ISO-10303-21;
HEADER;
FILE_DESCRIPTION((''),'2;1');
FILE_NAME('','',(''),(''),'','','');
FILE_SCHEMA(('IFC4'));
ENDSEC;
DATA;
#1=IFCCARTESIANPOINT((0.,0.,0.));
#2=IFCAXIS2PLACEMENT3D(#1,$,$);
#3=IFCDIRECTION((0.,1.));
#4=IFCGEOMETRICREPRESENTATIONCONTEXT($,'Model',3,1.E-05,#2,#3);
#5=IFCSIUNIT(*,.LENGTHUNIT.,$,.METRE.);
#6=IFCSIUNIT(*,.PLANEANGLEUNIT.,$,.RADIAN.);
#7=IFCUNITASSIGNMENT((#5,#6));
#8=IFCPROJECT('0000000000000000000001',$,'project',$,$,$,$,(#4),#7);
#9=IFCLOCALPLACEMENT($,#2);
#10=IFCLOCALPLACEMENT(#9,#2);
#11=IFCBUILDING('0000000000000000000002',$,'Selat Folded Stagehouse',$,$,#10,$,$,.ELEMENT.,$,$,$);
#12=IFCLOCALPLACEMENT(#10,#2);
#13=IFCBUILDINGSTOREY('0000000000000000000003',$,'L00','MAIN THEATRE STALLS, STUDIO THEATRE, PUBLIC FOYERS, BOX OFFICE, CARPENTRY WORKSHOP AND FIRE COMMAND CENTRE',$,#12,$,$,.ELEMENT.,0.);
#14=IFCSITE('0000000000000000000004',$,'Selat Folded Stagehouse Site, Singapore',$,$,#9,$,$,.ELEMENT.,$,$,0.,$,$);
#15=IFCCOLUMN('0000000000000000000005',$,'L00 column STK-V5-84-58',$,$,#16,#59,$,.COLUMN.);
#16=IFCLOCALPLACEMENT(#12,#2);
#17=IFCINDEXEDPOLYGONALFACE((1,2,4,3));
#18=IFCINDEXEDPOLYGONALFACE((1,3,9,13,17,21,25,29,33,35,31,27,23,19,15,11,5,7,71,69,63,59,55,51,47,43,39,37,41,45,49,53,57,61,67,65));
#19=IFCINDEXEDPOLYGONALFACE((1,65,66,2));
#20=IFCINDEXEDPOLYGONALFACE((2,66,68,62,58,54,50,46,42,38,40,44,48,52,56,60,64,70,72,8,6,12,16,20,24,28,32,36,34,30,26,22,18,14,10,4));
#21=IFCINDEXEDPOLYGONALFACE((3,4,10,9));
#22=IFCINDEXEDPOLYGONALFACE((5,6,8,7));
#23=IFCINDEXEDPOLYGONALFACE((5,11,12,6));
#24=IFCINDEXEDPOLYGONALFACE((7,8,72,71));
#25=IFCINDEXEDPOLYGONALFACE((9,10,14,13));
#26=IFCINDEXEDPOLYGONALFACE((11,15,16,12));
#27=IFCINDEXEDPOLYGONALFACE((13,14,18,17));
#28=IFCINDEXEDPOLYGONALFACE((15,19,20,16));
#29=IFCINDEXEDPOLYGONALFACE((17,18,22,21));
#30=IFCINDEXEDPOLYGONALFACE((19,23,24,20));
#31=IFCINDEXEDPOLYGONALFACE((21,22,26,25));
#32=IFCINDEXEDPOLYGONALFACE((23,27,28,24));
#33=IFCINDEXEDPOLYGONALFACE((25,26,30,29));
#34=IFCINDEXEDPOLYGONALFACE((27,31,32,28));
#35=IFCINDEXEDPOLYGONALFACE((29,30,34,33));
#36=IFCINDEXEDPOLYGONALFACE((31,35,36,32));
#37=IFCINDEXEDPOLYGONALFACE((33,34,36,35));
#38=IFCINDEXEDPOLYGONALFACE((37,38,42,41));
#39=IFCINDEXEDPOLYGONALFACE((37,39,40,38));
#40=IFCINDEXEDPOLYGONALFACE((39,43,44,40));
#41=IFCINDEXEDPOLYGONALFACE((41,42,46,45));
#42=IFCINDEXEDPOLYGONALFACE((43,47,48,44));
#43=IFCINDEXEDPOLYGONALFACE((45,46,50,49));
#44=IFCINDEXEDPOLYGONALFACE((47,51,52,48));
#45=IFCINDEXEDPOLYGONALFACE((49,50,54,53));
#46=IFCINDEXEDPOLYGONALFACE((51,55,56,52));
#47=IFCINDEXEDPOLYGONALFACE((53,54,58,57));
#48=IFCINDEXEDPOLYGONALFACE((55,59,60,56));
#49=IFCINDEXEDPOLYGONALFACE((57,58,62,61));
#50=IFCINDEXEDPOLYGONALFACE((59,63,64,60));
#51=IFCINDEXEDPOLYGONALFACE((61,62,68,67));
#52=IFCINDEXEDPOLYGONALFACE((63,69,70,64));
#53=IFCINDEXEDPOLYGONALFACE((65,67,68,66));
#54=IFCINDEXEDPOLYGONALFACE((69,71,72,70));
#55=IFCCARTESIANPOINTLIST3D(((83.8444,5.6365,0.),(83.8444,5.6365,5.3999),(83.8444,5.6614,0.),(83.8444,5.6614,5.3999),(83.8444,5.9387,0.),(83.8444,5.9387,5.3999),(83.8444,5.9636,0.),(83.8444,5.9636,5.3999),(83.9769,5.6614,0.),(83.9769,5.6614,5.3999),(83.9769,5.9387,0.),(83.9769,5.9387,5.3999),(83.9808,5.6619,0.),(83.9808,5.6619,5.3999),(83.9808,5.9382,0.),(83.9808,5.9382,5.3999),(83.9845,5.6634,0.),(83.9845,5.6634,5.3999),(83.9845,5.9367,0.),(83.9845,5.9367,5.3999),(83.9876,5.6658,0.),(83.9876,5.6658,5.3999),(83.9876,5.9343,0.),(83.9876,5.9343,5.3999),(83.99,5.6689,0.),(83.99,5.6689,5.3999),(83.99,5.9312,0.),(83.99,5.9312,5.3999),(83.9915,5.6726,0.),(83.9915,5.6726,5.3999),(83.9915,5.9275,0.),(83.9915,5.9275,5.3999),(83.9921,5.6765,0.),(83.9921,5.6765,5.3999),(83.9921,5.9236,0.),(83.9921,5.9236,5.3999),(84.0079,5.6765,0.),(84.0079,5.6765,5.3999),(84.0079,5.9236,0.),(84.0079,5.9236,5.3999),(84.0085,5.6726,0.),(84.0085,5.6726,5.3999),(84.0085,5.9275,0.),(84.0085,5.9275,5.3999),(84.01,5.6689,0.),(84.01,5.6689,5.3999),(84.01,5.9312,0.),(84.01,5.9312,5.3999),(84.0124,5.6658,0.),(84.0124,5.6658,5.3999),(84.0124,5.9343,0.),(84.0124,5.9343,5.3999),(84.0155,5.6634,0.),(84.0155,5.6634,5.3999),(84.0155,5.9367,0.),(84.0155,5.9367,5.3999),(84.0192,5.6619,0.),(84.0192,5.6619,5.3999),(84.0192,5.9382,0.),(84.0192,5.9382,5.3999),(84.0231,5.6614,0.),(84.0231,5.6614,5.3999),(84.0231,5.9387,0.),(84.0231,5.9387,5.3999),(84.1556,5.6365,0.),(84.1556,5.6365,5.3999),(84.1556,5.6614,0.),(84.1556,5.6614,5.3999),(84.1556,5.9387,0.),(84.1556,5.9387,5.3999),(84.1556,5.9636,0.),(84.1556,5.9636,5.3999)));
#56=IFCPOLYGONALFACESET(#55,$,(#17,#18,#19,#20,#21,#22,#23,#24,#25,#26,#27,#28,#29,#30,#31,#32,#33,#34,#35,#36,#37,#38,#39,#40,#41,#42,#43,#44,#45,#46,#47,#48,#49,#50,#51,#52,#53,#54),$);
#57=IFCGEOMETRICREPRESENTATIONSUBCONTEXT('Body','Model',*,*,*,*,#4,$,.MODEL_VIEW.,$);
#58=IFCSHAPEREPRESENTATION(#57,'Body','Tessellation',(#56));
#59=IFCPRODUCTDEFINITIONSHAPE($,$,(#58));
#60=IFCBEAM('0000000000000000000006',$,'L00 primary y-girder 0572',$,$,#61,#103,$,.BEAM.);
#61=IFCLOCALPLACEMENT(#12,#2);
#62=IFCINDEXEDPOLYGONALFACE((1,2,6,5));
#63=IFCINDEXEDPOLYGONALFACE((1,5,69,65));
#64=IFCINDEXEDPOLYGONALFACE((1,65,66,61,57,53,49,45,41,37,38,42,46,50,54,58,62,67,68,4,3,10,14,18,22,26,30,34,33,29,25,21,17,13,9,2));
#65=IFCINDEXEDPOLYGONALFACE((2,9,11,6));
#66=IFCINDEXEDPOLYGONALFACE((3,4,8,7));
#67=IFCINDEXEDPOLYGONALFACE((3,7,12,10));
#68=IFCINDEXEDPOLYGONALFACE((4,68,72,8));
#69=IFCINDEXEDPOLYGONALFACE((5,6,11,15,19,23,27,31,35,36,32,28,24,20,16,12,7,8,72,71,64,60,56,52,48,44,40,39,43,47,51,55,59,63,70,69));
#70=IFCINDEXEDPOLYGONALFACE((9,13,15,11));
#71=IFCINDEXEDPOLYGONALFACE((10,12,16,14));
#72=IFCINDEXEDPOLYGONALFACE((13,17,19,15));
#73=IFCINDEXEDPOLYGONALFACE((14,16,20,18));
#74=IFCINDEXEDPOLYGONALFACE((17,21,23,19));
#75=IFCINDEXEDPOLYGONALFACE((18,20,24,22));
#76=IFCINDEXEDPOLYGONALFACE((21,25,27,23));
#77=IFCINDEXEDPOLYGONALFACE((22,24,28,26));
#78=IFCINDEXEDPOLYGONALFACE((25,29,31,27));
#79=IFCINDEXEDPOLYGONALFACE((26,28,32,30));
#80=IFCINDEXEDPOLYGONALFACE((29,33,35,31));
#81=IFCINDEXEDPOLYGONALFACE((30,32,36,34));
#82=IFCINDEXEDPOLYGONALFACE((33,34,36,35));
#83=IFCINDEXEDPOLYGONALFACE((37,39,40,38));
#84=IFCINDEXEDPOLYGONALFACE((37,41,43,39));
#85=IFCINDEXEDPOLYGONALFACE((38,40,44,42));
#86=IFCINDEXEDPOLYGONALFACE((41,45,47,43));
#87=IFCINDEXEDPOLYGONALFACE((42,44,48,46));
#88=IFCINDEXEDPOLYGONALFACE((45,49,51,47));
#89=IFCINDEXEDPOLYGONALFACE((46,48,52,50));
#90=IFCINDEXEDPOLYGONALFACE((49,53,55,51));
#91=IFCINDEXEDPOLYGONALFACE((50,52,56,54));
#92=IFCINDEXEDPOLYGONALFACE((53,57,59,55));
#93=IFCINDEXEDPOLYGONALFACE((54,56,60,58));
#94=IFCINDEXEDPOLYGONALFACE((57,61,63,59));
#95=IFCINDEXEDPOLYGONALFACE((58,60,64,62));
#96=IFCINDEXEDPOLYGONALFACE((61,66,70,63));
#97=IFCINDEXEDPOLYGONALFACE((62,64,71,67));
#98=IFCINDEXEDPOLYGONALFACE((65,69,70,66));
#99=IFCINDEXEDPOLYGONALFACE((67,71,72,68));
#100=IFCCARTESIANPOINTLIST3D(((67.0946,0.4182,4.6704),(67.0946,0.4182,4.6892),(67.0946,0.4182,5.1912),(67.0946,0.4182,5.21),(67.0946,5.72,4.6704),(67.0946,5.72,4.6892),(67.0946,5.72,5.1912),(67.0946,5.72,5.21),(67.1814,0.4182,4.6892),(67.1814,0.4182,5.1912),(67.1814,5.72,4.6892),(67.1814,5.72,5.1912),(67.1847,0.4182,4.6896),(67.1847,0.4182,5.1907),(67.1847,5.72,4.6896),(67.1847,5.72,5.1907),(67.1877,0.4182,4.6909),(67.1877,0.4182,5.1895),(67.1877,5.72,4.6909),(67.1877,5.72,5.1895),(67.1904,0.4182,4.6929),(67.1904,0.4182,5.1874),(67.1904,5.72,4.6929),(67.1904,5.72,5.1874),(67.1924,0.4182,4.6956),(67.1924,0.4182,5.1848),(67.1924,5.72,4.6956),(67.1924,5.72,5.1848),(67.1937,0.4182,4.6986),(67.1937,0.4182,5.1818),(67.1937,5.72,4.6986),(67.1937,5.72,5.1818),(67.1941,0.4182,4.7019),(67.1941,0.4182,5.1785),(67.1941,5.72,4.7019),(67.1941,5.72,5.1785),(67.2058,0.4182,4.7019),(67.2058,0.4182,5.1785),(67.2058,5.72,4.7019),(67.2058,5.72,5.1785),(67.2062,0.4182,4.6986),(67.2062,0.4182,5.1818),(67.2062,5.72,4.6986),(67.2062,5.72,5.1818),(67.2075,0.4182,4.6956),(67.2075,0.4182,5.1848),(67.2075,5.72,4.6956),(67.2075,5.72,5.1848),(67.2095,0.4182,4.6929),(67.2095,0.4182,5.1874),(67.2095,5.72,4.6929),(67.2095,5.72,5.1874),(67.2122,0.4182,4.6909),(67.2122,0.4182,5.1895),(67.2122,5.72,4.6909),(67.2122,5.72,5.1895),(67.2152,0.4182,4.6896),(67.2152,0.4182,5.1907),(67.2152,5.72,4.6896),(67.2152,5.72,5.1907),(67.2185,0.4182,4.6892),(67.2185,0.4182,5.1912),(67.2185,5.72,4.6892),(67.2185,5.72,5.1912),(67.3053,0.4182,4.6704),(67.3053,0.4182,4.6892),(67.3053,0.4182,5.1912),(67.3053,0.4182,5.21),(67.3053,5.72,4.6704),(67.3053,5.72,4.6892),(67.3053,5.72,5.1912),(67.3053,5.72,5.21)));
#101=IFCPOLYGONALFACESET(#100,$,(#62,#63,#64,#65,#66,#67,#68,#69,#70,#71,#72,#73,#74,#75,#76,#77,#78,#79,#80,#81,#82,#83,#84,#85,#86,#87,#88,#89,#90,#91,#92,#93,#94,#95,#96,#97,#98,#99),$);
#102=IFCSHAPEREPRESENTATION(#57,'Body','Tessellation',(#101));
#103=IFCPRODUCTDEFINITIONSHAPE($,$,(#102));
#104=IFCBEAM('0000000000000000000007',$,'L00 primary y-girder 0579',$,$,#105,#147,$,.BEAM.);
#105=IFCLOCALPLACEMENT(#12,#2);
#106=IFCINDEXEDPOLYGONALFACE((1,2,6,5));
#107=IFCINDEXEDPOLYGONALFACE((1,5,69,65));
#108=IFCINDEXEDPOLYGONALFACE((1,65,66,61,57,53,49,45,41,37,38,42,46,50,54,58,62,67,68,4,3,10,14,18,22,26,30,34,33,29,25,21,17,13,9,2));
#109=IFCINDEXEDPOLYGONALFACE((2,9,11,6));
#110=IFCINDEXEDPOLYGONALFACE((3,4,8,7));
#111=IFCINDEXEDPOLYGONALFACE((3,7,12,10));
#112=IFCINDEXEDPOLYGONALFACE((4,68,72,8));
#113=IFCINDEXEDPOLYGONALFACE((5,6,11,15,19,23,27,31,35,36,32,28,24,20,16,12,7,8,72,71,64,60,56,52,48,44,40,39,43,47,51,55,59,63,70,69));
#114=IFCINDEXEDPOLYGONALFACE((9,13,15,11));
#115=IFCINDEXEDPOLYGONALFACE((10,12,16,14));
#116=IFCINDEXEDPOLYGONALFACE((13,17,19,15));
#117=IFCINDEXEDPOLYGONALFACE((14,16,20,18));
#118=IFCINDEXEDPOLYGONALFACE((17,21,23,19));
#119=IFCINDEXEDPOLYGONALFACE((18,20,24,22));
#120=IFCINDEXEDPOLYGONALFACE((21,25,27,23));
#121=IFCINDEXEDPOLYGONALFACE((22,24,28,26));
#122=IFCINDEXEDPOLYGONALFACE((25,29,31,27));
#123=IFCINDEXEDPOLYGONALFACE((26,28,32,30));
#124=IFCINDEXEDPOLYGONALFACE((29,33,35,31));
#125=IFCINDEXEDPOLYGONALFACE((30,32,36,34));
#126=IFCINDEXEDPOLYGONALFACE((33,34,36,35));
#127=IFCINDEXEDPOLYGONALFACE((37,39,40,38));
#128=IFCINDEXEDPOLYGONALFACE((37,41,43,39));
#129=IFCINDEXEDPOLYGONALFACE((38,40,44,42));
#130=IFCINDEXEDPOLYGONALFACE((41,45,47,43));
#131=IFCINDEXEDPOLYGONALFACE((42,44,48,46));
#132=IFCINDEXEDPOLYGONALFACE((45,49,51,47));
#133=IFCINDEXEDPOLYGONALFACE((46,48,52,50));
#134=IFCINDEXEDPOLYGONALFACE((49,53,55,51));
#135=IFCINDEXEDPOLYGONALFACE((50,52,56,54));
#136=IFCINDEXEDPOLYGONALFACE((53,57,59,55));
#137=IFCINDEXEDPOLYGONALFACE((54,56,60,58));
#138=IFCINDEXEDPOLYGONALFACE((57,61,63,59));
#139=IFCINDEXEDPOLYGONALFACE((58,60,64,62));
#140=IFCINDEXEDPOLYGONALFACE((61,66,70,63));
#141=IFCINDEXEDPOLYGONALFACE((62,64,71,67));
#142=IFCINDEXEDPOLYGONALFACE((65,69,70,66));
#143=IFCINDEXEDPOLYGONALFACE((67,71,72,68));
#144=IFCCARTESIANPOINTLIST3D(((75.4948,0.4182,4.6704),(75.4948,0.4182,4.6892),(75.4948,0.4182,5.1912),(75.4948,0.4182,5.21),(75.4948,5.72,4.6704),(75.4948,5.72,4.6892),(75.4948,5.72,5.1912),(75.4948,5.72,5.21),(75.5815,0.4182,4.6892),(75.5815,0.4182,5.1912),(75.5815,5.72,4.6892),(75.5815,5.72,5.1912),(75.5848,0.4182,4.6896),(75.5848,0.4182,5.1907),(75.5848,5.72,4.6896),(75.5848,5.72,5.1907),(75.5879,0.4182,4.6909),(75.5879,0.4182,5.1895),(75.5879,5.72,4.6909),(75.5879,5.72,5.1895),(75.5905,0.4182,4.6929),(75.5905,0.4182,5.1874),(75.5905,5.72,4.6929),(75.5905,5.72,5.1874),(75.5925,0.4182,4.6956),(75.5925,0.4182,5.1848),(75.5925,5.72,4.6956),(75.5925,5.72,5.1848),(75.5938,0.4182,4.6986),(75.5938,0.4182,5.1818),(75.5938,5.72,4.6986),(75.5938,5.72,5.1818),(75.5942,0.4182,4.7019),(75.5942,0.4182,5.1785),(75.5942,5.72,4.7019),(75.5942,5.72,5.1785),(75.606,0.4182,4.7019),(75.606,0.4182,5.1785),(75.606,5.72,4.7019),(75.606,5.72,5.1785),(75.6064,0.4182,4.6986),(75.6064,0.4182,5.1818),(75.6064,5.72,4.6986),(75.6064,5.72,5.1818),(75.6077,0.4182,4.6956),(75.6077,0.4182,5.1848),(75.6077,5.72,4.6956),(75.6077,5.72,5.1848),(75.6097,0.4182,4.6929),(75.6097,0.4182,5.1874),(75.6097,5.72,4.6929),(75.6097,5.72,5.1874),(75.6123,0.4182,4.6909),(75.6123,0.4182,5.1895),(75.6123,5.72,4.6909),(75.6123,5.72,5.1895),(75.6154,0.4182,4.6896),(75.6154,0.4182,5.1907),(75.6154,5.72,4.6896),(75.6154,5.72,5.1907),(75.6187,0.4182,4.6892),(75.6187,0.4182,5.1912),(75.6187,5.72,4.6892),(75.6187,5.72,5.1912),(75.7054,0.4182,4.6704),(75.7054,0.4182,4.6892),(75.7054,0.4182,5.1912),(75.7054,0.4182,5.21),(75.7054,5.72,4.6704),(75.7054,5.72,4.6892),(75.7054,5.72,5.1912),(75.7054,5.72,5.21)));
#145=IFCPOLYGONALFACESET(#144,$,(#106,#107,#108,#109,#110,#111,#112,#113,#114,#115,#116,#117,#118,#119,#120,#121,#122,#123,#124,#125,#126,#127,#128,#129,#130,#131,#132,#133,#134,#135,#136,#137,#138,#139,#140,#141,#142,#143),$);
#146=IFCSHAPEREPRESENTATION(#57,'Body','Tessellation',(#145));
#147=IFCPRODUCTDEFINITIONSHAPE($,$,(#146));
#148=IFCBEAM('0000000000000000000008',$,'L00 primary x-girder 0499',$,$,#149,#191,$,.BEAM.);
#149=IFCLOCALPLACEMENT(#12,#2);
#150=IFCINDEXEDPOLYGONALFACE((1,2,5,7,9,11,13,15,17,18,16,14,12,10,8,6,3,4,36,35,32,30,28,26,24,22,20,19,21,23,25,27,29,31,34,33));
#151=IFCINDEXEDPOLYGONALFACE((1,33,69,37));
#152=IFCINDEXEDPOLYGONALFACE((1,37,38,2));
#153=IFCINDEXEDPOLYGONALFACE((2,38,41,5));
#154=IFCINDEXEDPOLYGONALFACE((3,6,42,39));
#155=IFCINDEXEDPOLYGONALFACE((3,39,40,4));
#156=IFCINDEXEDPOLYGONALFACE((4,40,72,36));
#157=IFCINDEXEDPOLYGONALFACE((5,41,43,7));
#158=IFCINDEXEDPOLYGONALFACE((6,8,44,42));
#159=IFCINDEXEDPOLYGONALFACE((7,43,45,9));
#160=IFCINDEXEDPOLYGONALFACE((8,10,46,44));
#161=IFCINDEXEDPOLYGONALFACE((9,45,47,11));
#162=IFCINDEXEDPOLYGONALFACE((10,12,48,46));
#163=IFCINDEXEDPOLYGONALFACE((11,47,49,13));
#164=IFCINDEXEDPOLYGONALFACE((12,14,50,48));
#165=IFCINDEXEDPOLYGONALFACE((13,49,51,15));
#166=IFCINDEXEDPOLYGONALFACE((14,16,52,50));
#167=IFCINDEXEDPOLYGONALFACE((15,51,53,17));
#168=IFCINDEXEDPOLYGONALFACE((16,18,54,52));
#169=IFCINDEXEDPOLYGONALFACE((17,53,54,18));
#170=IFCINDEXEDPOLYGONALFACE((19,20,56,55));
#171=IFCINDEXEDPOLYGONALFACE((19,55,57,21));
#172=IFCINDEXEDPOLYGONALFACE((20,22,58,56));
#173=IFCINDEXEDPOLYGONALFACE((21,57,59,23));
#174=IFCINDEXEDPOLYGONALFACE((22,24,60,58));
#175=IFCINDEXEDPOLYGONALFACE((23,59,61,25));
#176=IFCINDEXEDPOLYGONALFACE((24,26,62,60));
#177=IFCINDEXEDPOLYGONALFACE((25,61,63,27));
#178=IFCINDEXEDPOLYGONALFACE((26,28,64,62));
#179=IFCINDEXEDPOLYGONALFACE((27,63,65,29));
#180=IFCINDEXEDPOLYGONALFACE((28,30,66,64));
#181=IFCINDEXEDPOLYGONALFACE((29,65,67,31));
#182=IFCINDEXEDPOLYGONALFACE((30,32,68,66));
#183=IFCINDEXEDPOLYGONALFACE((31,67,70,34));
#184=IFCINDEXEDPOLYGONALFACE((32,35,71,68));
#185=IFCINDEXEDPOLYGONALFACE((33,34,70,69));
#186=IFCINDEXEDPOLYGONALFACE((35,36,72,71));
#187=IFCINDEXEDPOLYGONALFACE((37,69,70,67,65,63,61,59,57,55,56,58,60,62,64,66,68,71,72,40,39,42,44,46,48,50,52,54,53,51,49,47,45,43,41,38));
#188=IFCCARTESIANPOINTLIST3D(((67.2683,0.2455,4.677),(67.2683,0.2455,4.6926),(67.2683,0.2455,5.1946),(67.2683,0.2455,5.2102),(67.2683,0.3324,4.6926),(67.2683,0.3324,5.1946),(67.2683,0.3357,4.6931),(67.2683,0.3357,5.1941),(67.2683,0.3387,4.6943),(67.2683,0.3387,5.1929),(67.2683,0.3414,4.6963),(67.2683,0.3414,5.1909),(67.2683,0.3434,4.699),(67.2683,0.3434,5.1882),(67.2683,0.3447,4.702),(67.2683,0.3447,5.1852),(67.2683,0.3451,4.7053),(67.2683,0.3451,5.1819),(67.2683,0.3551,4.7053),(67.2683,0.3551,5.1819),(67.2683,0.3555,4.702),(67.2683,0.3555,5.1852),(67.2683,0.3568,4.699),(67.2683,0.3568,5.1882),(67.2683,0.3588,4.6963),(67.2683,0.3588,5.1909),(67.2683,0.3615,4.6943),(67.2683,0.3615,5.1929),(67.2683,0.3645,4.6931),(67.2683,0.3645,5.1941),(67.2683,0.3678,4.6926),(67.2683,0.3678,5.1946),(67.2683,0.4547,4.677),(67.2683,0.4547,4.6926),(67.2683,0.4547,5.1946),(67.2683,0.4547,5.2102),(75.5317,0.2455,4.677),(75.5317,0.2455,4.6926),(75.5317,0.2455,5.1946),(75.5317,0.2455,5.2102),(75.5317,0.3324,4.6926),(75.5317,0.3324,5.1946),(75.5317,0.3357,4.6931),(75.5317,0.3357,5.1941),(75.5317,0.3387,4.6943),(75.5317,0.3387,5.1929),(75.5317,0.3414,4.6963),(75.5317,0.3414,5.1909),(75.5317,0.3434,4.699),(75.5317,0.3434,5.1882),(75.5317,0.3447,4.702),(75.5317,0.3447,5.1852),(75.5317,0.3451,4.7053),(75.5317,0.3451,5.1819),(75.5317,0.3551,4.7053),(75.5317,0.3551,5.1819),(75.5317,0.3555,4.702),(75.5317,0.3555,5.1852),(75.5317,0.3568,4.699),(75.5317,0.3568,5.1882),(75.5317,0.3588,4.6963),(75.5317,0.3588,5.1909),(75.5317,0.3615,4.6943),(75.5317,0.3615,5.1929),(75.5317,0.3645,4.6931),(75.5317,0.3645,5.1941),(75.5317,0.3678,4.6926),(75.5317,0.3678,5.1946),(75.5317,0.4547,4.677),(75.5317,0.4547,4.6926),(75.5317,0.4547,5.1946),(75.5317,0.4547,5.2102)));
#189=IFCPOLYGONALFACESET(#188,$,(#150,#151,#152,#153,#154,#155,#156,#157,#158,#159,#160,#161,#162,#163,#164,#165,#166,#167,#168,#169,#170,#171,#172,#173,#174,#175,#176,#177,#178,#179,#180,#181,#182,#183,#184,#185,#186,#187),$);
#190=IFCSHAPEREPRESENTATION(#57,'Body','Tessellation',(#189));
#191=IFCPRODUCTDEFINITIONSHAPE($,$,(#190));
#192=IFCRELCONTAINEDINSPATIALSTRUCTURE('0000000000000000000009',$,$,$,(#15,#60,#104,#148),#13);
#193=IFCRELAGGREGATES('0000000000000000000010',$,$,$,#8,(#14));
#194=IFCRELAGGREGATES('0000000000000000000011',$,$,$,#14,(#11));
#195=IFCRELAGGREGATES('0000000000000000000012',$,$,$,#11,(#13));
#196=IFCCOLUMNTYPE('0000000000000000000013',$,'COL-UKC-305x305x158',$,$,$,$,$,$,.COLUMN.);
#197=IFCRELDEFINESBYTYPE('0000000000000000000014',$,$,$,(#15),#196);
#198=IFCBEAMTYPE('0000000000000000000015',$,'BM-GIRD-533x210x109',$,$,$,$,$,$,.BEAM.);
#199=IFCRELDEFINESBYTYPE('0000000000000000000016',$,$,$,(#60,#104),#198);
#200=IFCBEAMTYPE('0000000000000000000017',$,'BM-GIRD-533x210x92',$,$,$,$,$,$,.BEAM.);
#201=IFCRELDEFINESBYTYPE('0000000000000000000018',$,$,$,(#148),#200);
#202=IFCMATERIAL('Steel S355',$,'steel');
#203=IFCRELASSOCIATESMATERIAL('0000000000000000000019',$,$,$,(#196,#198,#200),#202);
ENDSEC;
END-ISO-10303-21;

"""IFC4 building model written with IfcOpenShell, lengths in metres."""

from ifc_helpers import new_model, si_unit, direction, frame, origin, origin_2d, place, context, subcontext, project, spatial, i_section, extrude, material, material_profile, profile_set, type_object, element, save


model = new_model("IFC4")

# Units and contexts
model_context = context("Model", 3, precision=1e-05, world=origin(), true_north=direction((0.0, 1.0)))
body_context = subcontext(model_context, "Body", "Model", "MODEL_VIEW")
ifc_project = project(units=[si_unit("LENGTHUNIT", "METRE"), si_unit("PLANEANGLEUNIT", "RADIAN")], contexts=[model_context])

# Site, building, storey
site_placement = place(None, origin())
site = spatial("IfcSite", under=ifc_project, at=site_placement, Name="Selat Folded Stagehouse Site, Singapore", CompositionType="ELEMENT", RefElevation=0.0)
building_placement = place(site_placement, origin())
building = spatial("IfcBuilding", under=site, at=building_placement, Name="Selat Folded Stagehouse", CompositionType="ELEMENT")
storey_placement = place(building_placement, origin())
storey = spatial("IfcBuildingStorey", under=building, at=storey_placement, Name="L00", Description="MAIN THEATRE STALLS, STUDIO THEATRE, PUBLIC FOYERS, BOX OFFICE, CARPENTRY WORKSHOP AND FIRE COMMAND CENTRE", CompositionType="ELEMENT", Elevation=0.0)

# Column
ifc_material_1 = material(Name="Steel S355", Category="steel")
ifc_material_profile_1 = material_profile(ifc_material_1, i_section(OverallWidth=0.3113, OverallDepth=0.3271, WebThickness=0.0159, FlangeThickness=0.0249, FilletRadius=0.0151, at=origin_2d()), Name="UKC 305x305x158")
ifc_profile_set_1 = profile_set([ifc_material_profile_1], Name="Steel S355")
column_type_1 = type_object("IfcColumnType", Name="COL-UKC-305x305x158", PredefinedType="COLUMN", material=ifc_profile_set_1)
for number, where, z_axis, x_axis, name in (
    (1, (84.0, 5.8, 0.0), (0.0, 0.0, 1.0), (1.0, 0.0, 0.0), "L00 column STK-V5-84-58"),
):
    element("IfcColumn", number, at=place(storey_placement, frame(where, z_axis=z_axis, x_axis=x_axis)), inside=storey, type_object=column_type_1, Name=name, PredefinedType="COLUMN", context=body_context, shape_type="SweptSolid", body=[
        extrude(i_section(OverallWidth=0.3113, OverallDepth=0.3271, WebThickness=0.0159, FlangeThickness=0.0249, FilletRadius=0.0151, at=origin_2d()), origin(), (0.0, 0.0, 1.0), 5.3999),
    ])

# Beams
ifc_material_profile_2 = material_profile(ifc_material_1, i_section(OverallWidth=0.2107, OverallDepth=0.5396, WebThickness=0.0117, FlangeThickness=0.0188, FilletRadius=0.0127, at=origin_2d()), Name="UKB 533x210x109")
ifc_profile_set_2 = profile_set([ifc_material_profile_2], Name="Steel S355")
beam_type_1 = type_object("IfcBeamType", Name="BM-GIRD-533x210x109", PredefinedType="BEAM", material=ifc_profile_set_2)
for number, where, z_axis, x_axis, name in (
    (2, (67.2, 0.4182, 4.9402), (0.0, 1.0, 0.0), (-1.0, 0.0, 0.0), "L00 primary y-girder 0572"),
    (3, (75.6001, 0.4182, 4.9402), (0.0, 1.0, 0.0), (-1.0, 0.0, 0.0), "L00 primary y-girder 0579"),
):
    element("IfcBeam", number, at=place(storey_placement, frame(where, z_axis=z_axis, x_axis=x_axis)), inside=storey, type_object=beam_type_1, Name=name, PredefinedType="BEAM", context=body_context, shape_type="SweptSolid", body=[
        extrude(i_section(OverallWidth=0.2107, OverallDepth=0.5396, WebThickness=0.0117, FlangeThickness=0.0188, FilletRadius=0.0127, at=origin_2d()), origin(), (0.0, 0.0, 1.0), 5.3018),
    ])
ifc_material_profile_3 = material_profile(ifc_material_1, i_section(OverallWidth=0.2092, OverallDepth=0.5332, WebThickness=0.01, FlangeThickness=0.0156, FilletRadius=0.0127, at=origin_2d()), Name="UKB 533x210x92")
ifc_profile_set_3 = profile_set([ifc_material_profile_3], Name="Steel S355")
beam_type_2 = type_object("IfcBeamType", Name="BM-GIRD-533x210x92", PredefinedType="BEAM", material=ifc_profile_set_3)
beam_1_placement = place(storey_placement, frame((67.2683, 0.3501, 4.9436), z_axis=(1.0, 0.0, 0.0), x_axis=(0.0, 1.0, 0.0)))
element("IfcBeam", 4, at=beam_1_placement, inside=storey, type_object=beam_type_2, Name="L00 primary x-girder 0499", PredefinedType="BEAM", context=body_context, shape_type="SweptSolid", body=[
    extrude(i_section(OverallWidth=0.2092, OverallDepth=0.5332, WebThickness=0.01, FlangeThickness=0.0156, FilletRadius=0.0127, at=origin_2d()), origin(), (0.0, 0.0, 1.0), 8.2634),
])

save(model, "model.ifc")
